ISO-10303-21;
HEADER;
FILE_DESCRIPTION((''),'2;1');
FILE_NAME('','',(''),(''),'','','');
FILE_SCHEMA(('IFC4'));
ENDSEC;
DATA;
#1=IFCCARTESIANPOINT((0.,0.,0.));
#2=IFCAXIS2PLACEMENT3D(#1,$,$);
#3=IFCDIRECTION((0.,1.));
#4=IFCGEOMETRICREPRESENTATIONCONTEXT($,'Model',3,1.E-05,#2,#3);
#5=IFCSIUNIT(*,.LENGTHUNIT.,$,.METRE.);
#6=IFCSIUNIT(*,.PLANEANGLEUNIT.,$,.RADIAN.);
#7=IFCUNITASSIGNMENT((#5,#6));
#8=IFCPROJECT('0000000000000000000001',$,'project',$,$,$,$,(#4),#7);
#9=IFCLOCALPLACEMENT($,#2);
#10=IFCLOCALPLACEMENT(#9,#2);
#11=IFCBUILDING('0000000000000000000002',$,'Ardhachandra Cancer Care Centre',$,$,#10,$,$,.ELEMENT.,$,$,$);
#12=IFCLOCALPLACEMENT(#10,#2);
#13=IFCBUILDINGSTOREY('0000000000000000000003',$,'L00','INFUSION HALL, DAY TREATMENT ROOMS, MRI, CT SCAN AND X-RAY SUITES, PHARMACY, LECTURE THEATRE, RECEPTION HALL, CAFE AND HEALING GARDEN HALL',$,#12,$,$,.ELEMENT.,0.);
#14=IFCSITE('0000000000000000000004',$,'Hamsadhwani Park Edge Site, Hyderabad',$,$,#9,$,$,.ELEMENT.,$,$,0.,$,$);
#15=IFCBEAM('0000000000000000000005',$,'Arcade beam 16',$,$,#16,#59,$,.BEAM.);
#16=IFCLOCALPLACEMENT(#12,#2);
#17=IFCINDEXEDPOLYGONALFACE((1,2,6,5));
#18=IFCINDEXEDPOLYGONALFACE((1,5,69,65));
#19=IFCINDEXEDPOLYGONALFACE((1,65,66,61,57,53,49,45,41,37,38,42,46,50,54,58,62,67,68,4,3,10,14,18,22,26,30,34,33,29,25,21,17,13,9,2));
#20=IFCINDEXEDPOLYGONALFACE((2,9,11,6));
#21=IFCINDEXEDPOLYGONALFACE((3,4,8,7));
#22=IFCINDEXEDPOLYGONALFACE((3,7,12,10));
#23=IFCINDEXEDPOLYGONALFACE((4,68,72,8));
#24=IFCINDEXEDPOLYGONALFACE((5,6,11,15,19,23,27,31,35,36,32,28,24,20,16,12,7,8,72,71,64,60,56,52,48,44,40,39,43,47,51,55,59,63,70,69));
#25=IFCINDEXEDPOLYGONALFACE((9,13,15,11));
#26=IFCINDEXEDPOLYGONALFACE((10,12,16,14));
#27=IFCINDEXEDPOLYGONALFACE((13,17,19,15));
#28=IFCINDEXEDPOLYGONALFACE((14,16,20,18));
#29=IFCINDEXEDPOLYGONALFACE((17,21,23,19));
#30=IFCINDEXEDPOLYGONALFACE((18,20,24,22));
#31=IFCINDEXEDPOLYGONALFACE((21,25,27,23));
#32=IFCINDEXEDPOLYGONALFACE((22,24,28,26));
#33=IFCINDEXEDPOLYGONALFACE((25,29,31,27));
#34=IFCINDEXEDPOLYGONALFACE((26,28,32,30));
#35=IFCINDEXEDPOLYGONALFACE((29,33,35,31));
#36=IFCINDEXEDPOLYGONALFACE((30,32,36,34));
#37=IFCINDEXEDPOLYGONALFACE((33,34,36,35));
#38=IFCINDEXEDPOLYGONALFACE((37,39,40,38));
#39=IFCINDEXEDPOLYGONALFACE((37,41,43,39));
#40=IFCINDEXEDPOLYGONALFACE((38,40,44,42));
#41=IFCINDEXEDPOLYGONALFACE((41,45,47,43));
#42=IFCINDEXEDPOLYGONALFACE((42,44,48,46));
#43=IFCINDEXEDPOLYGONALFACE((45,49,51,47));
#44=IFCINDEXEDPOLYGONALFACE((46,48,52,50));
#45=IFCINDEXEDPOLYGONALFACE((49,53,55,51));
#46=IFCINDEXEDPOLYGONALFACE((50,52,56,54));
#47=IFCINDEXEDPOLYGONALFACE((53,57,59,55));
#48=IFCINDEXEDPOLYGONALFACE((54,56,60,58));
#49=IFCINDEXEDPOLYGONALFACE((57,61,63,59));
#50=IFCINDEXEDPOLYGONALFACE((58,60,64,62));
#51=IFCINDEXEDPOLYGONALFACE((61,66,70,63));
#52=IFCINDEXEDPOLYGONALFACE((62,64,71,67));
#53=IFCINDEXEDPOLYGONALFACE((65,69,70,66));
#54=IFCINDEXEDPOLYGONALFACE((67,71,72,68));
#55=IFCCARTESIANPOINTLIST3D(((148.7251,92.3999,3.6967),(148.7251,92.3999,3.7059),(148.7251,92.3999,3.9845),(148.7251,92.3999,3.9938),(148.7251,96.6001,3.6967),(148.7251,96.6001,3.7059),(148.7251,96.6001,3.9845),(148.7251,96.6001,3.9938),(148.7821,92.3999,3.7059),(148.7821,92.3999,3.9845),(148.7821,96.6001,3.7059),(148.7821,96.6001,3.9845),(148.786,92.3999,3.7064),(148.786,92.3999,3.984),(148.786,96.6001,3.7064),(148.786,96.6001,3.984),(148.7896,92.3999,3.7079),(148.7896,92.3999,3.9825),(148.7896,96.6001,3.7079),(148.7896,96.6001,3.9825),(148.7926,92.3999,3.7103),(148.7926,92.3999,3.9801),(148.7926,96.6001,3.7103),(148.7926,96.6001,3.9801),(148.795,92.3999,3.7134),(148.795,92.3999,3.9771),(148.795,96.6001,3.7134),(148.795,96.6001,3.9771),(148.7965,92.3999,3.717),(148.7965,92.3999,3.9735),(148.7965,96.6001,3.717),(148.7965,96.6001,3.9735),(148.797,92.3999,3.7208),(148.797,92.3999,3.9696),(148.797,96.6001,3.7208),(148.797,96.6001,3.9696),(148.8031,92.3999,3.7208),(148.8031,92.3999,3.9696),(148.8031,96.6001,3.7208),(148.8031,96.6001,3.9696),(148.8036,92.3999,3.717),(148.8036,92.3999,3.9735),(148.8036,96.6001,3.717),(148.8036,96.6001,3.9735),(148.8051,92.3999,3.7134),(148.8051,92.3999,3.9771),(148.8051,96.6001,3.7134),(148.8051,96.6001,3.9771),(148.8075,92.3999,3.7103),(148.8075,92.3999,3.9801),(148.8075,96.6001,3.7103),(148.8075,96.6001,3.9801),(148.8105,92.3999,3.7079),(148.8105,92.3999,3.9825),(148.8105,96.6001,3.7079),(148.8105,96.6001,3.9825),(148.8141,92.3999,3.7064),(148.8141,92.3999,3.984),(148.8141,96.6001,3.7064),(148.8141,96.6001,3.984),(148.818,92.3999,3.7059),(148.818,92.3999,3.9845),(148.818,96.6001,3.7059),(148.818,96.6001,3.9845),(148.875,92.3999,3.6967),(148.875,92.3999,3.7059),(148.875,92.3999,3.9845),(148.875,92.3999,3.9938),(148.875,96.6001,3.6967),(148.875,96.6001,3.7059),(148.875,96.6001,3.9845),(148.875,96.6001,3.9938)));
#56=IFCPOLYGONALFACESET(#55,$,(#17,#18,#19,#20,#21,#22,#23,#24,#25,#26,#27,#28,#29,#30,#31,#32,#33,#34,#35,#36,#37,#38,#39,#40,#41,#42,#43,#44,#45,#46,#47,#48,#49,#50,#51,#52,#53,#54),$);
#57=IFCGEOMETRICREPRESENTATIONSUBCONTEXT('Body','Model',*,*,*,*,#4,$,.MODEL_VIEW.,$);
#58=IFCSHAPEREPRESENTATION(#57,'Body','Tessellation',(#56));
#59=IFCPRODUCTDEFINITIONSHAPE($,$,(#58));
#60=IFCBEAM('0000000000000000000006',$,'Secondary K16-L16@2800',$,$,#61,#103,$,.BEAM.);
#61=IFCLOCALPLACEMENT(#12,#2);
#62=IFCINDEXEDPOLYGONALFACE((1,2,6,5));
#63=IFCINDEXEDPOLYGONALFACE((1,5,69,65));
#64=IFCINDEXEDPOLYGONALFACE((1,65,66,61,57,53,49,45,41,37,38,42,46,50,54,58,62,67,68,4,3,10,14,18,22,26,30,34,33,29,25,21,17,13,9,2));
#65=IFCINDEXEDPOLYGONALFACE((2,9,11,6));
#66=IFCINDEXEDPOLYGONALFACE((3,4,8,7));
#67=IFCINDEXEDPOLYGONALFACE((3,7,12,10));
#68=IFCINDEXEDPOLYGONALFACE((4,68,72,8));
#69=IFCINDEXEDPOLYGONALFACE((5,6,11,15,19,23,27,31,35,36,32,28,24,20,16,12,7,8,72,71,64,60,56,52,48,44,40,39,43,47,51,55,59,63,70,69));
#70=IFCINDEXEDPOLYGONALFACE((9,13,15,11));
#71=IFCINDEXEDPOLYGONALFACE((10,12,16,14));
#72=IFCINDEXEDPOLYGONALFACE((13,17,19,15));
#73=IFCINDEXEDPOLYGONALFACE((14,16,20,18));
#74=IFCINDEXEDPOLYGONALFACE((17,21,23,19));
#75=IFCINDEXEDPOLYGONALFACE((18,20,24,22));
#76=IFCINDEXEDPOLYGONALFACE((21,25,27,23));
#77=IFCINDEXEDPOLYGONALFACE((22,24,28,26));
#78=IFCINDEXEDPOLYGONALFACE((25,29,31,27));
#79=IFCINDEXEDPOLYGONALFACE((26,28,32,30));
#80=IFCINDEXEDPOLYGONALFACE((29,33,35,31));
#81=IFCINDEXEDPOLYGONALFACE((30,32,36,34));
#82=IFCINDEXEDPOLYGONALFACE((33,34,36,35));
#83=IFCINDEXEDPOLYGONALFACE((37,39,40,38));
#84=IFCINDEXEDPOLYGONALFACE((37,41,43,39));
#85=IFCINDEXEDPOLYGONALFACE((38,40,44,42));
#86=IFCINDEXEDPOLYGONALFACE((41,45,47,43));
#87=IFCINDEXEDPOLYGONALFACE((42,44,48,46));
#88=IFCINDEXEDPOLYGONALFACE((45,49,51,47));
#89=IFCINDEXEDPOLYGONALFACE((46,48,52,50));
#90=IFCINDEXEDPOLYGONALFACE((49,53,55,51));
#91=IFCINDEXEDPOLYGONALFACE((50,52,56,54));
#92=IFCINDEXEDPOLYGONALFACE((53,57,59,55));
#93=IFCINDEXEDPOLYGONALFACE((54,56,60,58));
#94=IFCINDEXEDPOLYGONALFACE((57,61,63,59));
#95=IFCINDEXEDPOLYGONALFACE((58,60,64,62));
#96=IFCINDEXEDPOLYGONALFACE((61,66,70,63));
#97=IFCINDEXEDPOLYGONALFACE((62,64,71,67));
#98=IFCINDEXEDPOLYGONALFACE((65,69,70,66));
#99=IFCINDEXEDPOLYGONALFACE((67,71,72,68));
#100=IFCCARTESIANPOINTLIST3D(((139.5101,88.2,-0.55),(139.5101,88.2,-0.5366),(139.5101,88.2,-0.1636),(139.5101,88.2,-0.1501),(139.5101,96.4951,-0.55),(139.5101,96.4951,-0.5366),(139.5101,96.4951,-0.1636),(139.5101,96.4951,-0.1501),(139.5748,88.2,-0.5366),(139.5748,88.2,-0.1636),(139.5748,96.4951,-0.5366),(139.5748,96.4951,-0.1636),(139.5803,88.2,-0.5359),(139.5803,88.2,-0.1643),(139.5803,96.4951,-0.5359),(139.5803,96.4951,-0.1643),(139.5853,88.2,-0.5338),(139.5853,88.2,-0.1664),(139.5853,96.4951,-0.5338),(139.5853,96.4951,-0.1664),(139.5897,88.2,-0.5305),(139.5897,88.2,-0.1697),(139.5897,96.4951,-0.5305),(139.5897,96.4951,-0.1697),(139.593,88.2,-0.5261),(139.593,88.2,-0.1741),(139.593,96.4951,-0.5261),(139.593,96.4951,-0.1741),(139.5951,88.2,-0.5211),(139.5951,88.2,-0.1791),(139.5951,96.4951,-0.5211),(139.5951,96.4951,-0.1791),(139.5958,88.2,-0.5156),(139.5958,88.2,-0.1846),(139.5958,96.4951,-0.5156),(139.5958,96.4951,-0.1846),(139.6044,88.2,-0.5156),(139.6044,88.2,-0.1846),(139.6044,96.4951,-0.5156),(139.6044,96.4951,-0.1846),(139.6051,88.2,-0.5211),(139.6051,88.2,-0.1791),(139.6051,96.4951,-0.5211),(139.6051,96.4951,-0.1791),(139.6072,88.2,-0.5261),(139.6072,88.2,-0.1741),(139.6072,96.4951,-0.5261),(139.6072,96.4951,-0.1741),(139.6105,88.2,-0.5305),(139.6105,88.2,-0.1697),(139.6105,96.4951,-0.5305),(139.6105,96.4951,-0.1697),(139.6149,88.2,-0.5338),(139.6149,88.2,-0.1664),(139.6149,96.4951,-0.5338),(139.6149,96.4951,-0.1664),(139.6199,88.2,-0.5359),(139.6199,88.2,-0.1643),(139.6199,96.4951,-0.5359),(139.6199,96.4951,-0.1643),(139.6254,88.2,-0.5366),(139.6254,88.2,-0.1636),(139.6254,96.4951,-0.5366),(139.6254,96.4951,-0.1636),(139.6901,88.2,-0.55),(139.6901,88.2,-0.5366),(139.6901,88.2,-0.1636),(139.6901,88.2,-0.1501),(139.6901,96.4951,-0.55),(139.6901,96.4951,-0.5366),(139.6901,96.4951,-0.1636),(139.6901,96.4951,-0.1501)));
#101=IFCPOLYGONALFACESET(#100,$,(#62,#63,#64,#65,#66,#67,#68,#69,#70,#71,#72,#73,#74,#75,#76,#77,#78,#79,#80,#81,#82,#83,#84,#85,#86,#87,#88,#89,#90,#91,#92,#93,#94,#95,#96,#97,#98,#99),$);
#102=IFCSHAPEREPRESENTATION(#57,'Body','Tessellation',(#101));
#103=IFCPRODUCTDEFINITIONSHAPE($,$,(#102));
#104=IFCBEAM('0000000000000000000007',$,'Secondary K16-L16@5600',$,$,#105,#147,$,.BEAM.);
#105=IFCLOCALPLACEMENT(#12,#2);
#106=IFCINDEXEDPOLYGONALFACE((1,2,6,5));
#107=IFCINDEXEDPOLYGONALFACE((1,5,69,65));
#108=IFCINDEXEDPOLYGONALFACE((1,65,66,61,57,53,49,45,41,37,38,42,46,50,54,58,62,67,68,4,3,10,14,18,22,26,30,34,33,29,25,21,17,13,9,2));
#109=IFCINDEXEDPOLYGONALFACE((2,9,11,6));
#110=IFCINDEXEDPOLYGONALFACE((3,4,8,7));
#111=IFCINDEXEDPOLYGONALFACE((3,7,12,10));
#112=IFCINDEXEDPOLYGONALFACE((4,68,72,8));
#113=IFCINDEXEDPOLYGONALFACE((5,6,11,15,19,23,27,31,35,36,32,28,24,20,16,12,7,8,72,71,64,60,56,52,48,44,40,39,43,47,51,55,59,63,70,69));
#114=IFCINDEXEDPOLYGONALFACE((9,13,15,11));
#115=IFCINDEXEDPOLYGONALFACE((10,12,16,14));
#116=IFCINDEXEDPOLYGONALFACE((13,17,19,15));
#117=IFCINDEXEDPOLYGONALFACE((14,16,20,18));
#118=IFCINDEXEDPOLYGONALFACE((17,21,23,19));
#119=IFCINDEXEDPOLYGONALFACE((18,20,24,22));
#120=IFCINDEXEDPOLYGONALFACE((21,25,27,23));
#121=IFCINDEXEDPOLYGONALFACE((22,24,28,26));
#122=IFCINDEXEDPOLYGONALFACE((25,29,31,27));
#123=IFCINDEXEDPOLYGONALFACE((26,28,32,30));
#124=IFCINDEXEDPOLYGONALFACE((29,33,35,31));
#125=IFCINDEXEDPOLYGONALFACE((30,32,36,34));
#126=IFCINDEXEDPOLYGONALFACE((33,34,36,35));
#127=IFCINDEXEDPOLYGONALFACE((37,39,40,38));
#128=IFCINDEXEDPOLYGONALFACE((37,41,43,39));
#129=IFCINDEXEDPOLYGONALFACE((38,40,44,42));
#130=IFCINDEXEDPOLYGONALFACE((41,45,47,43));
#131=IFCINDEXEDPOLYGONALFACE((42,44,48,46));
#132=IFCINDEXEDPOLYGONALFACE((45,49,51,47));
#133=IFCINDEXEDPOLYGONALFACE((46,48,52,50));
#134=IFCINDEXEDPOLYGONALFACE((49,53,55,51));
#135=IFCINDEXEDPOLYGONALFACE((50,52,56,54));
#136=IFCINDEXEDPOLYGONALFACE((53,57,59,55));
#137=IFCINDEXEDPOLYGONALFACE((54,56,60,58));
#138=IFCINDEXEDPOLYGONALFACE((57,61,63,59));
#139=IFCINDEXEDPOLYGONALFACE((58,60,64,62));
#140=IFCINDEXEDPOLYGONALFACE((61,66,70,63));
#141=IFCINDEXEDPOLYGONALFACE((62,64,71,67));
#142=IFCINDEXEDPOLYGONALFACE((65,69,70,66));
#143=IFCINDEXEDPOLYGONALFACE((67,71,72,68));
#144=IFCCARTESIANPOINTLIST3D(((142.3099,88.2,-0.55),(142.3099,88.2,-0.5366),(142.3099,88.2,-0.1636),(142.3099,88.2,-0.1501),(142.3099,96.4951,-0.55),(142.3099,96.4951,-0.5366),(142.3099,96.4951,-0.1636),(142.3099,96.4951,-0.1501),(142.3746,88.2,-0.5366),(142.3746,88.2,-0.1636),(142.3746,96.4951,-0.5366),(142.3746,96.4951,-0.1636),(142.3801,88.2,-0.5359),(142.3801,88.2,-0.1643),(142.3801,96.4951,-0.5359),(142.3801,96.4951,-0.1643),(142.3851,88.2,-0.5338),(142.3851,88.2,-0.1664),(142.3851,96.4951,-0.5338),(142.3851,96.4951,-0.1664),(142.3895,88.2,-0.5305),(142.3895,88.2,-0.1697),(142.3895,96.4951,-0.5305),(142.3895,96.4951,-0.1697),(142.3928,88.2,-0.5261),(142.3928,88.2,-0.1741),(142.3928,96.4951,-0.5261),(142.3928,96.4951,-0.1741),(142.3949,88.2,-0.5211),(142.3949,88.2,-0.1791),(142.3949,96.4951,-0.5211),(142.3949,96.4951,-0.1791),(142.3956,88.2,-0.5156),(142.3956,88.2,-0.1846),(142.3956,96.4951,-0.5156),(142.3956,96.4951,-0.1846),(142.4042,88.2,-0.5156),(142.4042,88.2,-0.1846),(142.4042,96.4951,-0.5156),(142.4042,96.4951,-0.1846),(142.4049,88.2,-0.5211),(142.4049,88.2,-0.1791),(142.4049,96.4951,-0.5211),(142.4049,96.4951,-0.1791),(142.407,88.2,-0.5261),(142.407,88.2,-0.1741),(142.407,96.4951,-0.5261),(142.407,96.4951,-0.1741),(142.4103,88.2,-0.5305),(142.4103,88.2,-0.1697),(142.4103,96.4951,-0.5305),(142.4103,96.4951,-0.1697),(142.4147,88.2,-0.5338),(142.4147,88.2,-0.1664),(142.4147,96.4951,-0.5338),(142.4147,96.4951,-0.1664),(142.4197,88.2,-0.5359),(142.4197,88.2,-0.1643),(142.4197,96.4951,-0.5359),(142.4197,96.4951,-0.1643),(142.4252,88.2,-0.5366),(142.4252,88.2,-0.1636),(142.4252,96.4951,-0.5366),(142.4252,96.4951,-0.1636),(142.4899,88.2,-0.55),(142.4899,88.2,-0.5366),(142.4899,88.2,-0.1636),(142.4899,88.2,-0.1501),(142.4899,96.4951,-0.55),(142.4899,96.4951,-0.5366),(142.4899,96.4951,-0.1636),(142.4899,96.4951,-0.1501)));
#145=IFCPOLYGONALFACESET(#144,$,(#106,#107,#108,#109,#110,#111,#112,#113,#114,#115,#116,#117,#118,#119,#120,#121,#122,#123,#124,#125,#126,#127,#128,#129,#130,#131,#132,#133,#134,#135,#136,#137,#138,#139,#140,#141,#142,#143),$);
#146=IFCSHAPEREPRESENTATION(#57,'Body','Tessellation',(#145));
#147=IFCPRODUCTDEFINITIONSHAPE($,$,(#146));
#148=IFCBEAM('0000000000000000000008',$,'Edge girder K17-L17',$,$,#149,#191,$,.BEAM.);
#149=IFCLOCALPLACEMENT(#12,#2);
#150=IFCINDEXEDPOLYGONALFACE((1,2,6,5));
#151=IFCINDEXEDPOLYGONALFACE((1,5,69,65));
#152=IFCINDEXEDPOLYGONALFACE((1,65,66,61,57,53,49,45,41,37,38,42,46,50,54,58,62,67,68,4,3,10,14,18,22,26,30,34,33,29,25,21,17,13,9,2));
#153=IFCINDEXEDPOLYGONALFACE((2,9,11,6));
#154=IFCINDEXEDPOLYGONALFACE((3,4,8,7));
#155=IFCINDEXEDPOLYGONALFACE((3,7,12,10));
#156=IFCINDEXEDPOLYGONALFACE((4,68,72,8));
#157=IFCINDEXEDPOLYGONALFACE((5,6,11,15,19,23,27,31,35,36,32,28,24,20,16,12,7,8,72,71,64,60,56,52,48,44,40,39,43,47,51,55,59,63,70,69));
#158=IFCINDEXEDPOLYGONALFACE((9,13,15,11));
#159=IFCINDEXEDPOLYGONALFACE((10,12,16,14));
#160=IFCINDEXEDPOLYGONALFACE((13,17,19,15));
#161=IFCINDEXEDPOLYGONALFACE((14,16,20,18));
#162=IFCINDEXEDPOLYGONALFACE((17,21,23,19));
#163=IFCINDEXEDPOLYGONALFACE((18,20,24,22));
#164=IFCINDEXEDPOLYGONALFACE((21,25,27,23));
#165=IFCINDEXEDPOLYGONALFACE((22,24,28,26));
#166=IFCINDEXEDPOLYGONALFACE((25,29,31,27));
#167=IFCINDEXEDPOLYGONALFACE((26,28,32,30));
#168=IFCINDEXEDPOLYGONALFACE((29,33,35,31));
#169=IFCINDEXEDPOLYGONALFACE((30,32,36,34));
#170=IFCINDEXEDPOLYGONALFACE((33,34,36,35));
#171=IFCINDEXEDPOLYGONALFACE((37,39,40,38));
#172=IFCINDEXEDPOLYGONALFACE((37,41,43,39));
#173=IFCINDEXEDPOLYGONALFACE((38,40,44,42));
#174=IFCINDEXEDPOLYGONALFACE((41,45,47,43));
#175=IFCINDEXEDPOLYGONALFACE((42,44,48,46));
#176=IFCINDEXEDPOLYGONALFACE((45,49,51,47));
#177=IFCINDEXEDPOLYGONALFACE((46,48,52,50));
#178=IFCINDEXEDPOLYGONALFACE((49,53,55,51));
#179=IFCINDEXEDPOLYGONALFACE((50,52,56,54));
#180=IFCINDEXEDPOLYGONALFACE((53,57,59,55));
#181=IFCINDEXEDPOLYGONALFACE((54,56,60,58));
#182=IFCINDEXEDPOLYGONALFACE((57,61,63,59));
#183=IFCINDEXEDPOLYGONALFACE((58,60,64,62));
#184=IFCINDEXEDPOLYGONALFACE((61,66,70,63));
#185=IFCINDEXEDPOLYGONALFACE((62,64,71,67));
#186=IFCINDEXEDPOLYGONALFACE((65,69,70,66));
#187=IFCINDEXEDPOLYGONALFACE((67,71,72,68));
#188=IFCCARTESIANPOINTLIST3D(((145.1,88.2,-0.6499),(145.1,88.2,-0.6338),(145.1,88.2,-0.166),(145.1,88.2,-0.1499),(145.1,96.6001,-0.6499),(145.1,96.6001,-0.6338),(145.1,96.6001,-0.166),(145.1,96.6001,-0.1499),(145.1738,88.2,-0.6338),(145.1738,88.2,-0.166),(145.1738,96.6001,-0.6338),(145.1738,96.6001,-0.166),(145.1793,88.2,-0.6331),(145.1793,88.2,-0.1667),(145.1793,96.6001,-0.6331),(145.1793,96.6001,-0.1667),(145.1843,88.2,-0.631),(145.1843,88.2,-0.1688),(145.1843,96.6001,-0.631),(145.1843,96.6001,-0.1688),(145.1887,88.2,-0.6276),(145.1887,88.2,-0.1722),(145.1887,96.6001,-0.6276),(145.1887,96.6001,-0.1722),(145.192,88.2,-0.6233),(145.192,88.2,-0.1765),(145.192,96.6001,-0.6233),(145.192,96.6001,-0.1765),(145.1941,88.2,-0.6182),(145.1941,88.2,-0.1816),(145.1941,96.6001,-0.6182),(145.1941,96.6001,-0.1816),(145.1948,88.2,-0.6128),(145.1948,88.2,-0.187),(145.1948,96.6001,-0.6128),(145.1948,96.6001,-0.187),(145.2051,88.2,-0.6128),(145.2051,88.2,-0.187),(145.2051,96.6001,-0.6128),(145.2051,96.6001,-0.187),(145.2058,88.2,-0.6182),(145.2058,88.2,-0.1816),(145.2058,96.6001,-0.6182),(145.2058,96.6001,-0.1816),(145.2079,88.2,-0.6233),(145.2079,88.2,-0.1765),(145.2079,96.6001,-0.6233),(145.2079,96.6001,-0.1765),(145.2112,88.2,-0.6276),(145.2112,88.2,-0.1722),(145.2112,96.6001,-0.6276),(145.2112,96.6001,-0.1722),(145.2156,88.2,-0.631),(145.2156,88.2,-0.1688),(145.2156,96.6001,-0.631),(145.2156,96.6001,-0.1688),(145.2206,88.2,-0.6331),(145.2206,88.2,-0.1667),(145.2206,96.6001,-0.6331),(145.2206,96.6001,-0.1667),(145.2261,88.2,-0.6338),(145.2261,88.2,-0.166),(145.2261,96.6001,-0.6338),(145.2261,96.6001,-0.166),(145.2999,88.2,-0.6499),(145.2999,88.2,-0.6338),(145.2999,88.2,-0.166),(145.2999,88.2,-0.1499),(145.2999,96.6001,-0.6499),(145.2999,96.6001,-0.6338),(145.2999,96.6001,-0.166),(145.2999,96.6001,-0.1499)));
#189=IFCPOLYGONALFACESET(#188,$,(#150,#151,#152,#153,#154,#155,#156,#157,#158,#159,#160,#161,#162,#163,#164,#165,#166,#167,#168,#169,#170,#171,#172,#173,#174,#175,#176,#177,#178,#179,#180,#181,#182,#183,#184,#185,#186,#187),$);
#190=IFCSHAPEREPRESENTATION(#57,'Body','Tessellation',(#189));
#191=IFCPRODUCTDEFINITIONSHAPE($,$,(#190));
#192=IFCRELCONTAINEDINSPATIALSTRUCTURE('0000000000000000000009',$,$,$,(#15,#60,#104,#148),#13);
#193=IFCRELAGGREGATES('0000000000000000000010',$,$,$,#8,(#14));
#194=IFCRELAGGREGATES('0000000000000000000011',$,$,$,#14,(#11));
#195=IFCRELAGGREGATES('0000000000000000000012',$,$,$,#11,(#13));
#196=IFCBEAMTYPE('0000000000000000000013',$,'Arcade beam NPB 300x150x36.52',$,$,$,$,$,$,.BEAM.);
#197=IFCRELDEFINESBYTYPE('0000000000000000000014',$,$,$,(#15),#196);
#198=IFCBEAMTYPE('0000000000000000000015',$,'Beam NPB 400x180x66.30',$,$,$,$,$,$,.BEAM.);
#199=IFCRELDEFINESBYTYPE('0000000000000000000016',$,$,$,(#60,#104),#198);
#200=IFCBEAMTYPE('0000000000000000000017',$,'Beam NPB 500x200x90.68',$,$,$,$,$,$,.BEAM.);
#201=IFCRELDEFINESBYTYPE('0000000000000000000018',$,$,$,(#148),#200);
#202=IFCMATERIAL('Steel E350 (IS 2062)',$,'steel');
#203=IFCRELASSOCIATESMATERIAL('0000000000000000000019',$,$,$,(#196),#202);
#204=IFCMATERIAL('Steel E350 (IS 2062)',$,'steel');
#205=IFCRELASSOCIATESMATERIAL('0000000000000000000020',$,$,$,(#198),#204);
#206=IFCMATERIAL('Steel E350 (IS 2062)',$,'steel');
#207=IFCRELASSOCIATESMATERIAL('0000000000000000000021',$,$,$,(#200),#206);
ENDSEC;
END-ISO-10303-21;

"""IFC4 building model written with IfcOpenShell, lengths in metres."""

from ifc_helpers import new_model, si_unit, direction, frame, origin, origin_2d, place, context, subcontext, project, spatial, i_section, extrude, material, material_profile, profile_set, type_object, element, save


model = new_model("IFC4")

# Units and contexts
model_context = context("Model", 3, precision=1e-05, world=origin(), true_north=direction((0.0, 1.0)))
body_context = subcontext(model_context, "Body", "Model", "MODEL_VIEW")
ifc_project = project(units=[si_unit("LENGTHUNIT", "METRE"), si_unit("PLANEANGLEUNIT", "RADIAN")], contexts=[model_context])

# Site, building, storey
site_placement = place(None, origin())
site = spatial("IfcSite", under=ifc_project, at=site_placement, Name="Hamsadhwani Park Edge Site, Hyderabad", CompositionType="ELEMENT", RefElevation=0.0)
building_placement = place(site_placement, origin())
building = spatial("IfcBuilding", under=site, at=building_placement, Name="Ardhachandra Cancer Care Centre", CompositionType="ELEMENT")
storey_placement = place(building_placement, origin())
storey = spatial("IfcBuildingStorey", under=building, at=storey_placement, Name="L00", Description="INFUSION HALL, DAY TREATMENT ROOMS, MRI, CT SCAN AND X-RAY SUITES, PHARMACY, LECTURE THEATRE, RECEPTION HALL, CAFE AND HEALING GARDEN HALL", CompositionType="ELEMENT", Elevation=0.0)

# Beams
ifc_material_1 = material(Name="Steel E350 (IS 2062)", Category="steel")
ifc_material_profile_1 = material_profile(ifc_material_1, i_section(OverallWidth=0.1499, OverallDepth=0.2971, WebThickness=0.0061, FlangeThickness=0.0093, FilletRadius=0.0149, at=origin_2d()), Name="NPB 300x150x36.52")
ifc_profile_set_1 = profile_set([ifc_material_profile_1], Name="Steel E350 (IS 2062)")
beam_type_1 = type_object("IfcBeamType", Name="Arcade beam NPB 300x150x36.52", PredefinedType="BEAM", material=ifc_profile_set_1)
beam_1_placement = place(storey_placement, frame((148.8, 92.3999, 3.8452), z_axis=(0.0, 1.0, 0.0), x_axis=(-1.0, 0.0, 0.0)))
element("IfcBeam", 1, at=beam_1_placement, inside=storey, type_object=beam_type_1, Name="Arcade beam 16", PredefinedType="BEAM", context=body_context, shape_type="SweptSolid", body=[
    extrude(i_section(OverallWidth=0.1499, OverallDepth=0.2971, WebThickness=0.0061, FlangeThickness=0.0093, FilletRadius=0.0149, at=origin_2d()), origin(), (0.0, 0.0, 1.0), 4.2002),
])
ifc_material_2 = material(Name="Steel E350 (IS 2062)", Category="steel")
ifc_material_profile_2 = material_profile(ifc_material_2, i_section(OverallWidth=0.1799, OverallDepth=0.3999, WebThickness=0.0085, FlangeThickness=0.0134, FilletRadius=0.021, at=origin_2d()), Name="NPB 400x180x66.30")
ifc_profile_set_2 = profile_set([ifc_material_profile_2], Name="Steel E350 (IS 2062)")
beam_type_2 = type_object("IfcBeamType", Name="Beam NPB 400x180x66.30", PredefinedType="BEAM", material=ifc_profile_set_2)
for number, where, z_axis, x_axis, name in (
    (2, (139.6001, 88.2, -0.3501), (0.0, 1.0, 0.0), (-1.0, 0.0, 0.0), "Secondary K16-L16@2800"),
    (3, (142.3999, 88.2, -0.3501), (0.0, 1.0, 0.0), (-1.0, 0.0, 0.0), "Secondary K16-L16@5600"),
):
    element("IfcBeam", number, at=place(storey_placement, frame(where, z_axis=z_axis, x_axis=x_axis)), inside=storey, type_object=beam_type_2, Name=name, PredefinedType="BEAM", context=body_context, shape_type="SweptSolid", body=[
        extrude(i_section(OverallWidth=0.1799, OverallDepth=0.3999, WebThickness=0.0085, FlangeThickness=0.0134, FilletRadius=0.021, at=origin_2d()), origin(), (0.0, 0.0, 1.0), 8.2952),
    ])
ifc_material_3 = material(Name="Steel E350 (IS 2062)", Category="steel")
ifc_material_profile_3 = material_profile(ifc_material_3, i_section(OverallWidth=0.2, OverallDepth=0.5, WebThickness=0.0103, FlangeThickness=0.0161, FilletRadius=0.021, at=origin_2d()), Name="NPB 500x200x90.68")
ifc_profile_set_3 = profile_set([ifc_material_profile_3], Name="Steel E350 (IS 2062)")
beam_type_3 = type_object("IfcBeamType", Name="Beam NPB 500x200x90.68", PredefinedType="BEAM", material=ifc_profile_set_3)
beam_2_placement = place(storey_placement, frame((145.2, 88.2, -0.3999), z_axis=(0.0, 1.0, 0.0), x_axis=(-1.0, 0.0, 0.0)))
element("IfcBeam", 4, at=beam_2_placement, inside=storey, type_object=beam_type_3, Name="Edge girder K17-L17", PredefinedType="BEAM", context=body_context, shape_type="SweptSolid", body=[
    extrude(i_section(OverallWidth=0.2, OverallDepth=0.5, WebThickness=0.0103, FlangeThickness=0.0161, FilletRadius=0.021, at=origin_2d()), origin(), (0.0, 0.0, 1.0), 8.4001),
])

save(model, "model.ifc")
